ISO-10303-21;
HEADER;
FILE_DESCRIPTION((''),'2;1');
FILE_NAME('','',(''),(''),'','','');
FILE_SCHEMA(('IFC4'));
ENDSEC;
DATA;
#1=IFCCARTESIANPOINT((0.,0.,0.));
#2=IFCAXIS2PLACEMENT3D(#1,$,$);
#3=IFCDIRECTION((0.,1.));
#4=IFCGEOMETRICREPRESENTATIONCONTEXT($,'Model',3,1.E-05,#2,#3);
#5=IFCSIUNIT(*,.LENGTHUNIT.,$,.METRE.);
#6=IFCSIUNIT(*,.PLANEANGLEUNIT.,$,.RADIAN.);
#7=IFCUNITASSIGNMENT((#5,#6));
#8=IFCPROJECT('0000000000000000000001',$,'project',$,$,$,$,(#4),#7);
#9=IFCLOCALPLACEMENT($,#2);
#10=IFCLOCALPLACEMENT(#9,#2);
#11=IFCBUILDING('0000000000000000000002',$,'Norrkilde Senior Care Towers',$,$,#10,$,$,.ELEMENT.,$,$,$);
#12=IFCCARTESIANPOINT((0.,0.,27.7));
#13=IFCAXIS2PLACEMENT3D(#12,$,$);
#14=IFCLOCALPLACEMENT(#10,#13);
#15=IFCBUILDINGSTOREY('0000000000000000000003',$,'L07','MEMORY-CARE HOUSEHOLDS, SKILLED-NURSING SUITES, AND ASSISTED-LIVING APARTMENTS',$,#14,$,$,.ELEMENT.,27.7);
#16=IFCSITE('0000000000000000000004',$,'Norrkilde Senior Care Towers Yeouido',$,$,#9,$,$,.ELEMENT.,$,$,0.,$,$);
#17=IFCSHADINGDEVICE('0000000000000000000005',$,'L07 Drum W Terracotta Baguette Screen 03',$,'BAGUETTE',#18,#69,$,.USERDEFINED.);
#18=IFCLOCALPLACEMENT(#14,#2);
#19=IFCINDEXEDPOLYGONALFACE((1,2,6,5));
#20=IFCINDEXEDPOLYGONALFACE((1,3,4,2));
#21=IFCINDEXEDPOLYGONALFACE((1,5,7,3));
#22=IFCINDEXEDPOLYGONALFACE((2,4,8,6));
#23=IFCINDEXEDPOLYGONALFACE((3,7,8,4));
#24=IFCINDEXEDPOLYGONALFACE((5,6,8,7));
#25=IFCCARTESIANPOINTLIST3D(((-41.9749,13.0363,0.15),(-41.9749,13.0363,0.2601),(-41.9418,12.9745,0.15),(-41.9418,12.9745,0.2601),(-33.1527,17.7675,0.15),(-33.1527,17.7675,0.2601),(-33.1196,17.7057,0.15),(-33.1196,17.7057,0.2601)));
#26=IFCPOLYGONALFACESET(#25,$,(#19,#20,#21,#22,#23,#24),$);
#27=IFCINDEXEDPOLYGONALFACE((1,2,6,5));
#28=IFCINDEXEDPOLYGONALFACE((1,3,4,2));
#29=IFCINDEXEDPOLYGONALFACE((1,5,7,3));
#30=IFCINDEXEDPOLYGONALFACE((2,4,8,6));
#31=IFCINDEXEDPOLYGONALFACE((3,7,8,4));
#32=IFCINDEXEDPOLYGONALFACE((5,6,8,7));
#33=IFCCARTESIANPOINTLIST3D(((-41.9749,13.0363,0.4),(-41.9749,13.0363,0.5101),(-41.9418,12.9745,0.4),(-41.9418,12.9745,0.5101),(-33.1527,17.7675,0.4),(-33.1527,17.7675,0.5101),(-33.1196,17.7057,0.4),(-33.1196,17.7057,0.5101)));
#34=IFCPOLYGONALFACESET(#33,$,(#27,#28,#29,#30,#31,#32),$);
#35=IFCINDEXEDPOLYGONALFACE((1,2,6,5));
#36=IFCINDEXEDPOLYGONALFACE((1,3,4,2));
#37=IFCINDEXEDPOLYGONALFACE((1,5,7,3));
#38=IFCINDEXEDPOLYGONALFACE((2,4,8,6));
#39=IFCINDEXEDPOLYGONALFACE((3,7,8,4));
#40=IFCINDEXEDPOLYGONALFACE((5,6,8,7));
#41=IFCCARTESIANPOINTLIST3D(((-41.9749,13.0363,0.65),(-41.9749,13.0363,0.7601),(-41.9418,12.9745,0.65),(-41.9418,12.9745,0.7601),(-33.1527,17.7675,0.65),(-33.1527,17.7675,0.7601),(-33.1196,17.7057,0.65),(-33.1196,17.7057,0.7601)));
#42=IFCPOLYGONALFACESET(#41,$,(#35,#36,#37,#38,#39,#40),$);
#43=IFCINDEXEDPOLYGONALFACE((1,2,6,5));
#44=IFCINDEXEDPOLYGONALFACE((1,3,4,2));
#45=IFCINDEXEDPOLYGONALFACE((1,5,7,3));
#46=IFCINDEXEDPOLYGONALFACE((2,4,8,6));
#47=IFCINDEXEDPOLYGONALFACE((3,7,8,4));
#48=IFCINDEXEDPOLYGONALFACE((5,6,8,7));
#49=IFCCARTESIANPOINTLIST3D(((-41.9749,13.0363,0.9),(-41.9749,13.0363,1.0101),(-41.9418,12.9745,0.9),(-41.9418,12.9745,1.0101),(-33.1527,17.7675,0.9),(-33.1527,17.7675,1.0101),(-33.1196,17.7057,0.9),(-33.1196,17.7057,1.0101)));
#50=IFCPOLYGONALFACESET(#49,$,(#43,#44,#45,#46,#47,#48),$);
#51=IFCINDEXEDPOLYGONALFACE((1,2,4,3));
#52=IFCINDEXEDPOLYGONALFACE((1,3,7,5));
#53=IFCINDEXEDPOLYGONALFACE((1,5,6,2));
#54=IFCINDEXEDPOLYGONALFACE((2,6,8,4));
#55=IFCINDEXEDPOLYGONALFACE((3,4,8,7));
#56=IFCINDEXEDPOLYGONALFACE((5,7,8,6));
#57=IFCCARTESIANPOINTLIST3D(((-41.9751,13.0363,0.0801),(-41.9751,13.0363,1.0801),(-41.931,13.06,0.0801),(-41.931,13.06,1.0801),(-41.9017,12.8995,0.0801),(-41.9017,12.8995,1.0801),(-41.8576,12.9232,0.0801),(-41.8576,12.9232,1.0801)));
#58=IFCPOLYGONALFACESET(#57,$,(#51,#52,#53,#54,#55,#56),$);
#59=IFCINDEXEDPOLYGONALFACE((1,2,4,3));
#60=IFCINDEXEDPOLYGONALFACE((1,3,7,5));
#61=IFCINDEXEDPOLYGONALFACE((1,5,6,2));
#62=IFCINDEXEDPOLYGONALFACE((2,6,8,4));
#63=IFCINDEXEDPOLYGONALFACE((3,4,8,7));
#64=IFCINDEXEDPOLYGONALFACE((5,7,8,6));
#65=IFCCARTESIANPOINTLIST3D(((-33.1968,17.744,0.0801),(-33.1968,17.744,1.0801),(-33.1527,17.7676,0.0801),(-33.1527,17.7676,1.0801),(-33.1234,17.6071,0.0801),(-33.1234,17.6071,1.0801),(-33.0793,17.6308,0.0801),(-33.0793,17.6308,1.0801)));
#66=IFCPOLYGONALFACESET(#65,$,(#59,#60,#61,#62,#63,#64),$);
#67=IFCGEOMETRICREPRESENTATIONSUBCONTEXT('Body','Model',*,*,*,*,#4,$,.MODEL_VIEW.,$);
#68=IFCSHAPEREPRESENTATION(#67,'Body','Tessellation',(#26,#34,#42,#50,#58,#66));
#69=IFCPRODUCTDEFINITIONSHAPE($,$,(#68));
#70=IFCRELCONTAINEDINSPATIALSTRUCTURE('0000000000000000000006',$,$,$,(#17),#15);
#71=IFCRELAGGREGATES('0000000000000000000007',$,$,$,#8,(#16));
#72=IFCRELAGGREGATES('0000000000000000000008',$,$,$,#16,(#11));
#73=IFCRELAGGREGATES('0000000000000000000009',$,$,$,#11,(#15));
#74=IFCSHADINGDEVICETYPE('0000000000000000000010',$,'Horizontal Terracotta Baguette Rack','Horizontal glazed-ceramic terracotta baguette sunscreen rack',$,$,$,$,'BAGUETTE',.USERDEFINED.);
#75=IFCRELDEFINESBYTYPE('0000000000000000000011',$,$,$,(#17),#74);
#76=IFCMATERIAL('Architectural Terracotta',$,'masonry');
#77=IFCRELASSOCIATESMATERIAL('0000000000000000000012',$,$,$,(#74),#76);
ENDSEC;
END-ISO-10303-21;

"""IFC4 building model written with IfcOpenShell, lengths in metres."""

from ifc_helpers import new_model, si_unit, direction, frame, origin, origin_2d, place, context, subcontext, project, spatial, rectangle, extrude, source, transform, mapped, material, type_object, type_shapes, element, save


model = new_model("IFC4")

# Units and contexts
model_context = context("Model", 3, precision=1e-05, world=origin(), true_north=direction((0.0, 1.0)))
body_context = subcontext(model_context, "Body", "Model", "MODEL_VIEW")
ifc_project = project(units=[si_unit("LENGTHUNIT", "METRE"), si_unit("PLANEANGLEUNIT", "RADIAN")], contexts=[model_context])

# Site, building, storey
site_placement = place(None, origin())
site = spatial("IfcSite", under=ifc_project, at=site_placement, Name="Norrkilde Senior Care Towers Yeouido", CompositionType="ELEMENT", RefElevation=0.0)
building_placement = place(site_placement, origin())
building = spatial("IfcBuilding", under=site, at=building_placement, Name="Norrkilde Senior Care Towers", CompositionType="ELEMENT")
storey_placement = place(building_placement, frame((0.0, 0.0, 27.7)))
storey = spatial("IfcBuildingStorey", under=building, at=storey_placement, Name="L07", Description="MEMORY-CARE HOUSEHOLDS, SKILLED-NURSING SUITES, AND ASSISTED-LIVING APARTMENTS", CompositionType="ELEMENT", Elevation=27.7)

# Shading device
ifc_material_1 = material(Name="Architectural Terracotta", Category="masonry")
shading_device_type = type_object("IfcShadingDeviceType", Name="Horizontal Terracotta Baguette Rack", Description="Horizontal glazed-ceramic terracotta baguette sunscreen rack", ElementType="BAGUETTE", PredefinedType="USERDEFINED", material=ifc_material_1)
shared_shape_1 = source(origin(), body_context, "Body", "SweptSolid", [
    extrude(rectangle(XDim=0.0701, YDim=0.1101, at=origin_2d()), frame((0.0, 0.0901, 0.125), z_axis=(1.0, 0.0, 0.0), x_axis=(0.0, 1.0, 0.0)), (0.0, 0.0, 1.0), 10.0107),
    extrude(rectangle(XDim=0.0701, YDim=0.1101, at=origin_2d()), frame((0.0, 0.0901, 0.375), z_axis=(1.0, 0.0, 0.0), x_axis=(0.0, 1.0, 0.0)), (0.0, 0.0, 1.0), 10.0107),
    extrude(rectangle(XDim=0.0701, YDim=0.1101, at=origin_2d()), frame((0.0, 0.0901, 0.625), z_axis=(1.0, 0.0, 0.0), x_axis=(0.0, 1.0, 0.0)), (0.0, 0.0, 1.0), 10.0107),
    extrude(rectangle(XDim=0.0701, YDim=0.1101, at=origin_2d()), frame((0.0, 0.0901, 0.875), z_axis=(1.0, 0.0, 0.0), x_axis=(0.0, 1.0, 0.0)), (0.0, 0.0, 1.0), 10.0107),
    extrude(rectangle(XDim=0.05, YDim=0.1553, at=origin_2d()), frame((0.0249, 0.0476, 0.0)), (0.0, 0.0, 1.0), 1.0),
    extrude(rectangle(XDim=0.05, YDim=0.1553, at=origin_2d()), frame((9.9858, 0.0476, 0.0)), (0.0, 0.0, 1.0), 1.0),
])
type_shapes(shading_device_type, [shared_shape_1])
shading_device_placement = place(storey_placement, frame((-41.9158, 12.926, 0.0801), z_axis=(0.0, 0.0, 1.0), x_axis=(0.88128, 0.472612, 0.0)))
element("IfcShadingDevice", 1, at=shading_device_placement, inside=storey, type_object=shading_device_type, Name="L07 Drum W Terracotta Baguette Screen 03", ObjectType="BAGUETTE", PredefinedType="USERDEFINED", context=body_context, shape_type="MappedRepresentation", body=[
    mapped(shared_shape_1, transform((0.0, 0.0, 0.0), x_axis=(1.0, 0.0, 0.0), y_axis=(0.0, 1.0, 0.0), z_axis=(0.0, 0.0, 1.0), scale=1.0)),
])

save(model, "model.ifc")
